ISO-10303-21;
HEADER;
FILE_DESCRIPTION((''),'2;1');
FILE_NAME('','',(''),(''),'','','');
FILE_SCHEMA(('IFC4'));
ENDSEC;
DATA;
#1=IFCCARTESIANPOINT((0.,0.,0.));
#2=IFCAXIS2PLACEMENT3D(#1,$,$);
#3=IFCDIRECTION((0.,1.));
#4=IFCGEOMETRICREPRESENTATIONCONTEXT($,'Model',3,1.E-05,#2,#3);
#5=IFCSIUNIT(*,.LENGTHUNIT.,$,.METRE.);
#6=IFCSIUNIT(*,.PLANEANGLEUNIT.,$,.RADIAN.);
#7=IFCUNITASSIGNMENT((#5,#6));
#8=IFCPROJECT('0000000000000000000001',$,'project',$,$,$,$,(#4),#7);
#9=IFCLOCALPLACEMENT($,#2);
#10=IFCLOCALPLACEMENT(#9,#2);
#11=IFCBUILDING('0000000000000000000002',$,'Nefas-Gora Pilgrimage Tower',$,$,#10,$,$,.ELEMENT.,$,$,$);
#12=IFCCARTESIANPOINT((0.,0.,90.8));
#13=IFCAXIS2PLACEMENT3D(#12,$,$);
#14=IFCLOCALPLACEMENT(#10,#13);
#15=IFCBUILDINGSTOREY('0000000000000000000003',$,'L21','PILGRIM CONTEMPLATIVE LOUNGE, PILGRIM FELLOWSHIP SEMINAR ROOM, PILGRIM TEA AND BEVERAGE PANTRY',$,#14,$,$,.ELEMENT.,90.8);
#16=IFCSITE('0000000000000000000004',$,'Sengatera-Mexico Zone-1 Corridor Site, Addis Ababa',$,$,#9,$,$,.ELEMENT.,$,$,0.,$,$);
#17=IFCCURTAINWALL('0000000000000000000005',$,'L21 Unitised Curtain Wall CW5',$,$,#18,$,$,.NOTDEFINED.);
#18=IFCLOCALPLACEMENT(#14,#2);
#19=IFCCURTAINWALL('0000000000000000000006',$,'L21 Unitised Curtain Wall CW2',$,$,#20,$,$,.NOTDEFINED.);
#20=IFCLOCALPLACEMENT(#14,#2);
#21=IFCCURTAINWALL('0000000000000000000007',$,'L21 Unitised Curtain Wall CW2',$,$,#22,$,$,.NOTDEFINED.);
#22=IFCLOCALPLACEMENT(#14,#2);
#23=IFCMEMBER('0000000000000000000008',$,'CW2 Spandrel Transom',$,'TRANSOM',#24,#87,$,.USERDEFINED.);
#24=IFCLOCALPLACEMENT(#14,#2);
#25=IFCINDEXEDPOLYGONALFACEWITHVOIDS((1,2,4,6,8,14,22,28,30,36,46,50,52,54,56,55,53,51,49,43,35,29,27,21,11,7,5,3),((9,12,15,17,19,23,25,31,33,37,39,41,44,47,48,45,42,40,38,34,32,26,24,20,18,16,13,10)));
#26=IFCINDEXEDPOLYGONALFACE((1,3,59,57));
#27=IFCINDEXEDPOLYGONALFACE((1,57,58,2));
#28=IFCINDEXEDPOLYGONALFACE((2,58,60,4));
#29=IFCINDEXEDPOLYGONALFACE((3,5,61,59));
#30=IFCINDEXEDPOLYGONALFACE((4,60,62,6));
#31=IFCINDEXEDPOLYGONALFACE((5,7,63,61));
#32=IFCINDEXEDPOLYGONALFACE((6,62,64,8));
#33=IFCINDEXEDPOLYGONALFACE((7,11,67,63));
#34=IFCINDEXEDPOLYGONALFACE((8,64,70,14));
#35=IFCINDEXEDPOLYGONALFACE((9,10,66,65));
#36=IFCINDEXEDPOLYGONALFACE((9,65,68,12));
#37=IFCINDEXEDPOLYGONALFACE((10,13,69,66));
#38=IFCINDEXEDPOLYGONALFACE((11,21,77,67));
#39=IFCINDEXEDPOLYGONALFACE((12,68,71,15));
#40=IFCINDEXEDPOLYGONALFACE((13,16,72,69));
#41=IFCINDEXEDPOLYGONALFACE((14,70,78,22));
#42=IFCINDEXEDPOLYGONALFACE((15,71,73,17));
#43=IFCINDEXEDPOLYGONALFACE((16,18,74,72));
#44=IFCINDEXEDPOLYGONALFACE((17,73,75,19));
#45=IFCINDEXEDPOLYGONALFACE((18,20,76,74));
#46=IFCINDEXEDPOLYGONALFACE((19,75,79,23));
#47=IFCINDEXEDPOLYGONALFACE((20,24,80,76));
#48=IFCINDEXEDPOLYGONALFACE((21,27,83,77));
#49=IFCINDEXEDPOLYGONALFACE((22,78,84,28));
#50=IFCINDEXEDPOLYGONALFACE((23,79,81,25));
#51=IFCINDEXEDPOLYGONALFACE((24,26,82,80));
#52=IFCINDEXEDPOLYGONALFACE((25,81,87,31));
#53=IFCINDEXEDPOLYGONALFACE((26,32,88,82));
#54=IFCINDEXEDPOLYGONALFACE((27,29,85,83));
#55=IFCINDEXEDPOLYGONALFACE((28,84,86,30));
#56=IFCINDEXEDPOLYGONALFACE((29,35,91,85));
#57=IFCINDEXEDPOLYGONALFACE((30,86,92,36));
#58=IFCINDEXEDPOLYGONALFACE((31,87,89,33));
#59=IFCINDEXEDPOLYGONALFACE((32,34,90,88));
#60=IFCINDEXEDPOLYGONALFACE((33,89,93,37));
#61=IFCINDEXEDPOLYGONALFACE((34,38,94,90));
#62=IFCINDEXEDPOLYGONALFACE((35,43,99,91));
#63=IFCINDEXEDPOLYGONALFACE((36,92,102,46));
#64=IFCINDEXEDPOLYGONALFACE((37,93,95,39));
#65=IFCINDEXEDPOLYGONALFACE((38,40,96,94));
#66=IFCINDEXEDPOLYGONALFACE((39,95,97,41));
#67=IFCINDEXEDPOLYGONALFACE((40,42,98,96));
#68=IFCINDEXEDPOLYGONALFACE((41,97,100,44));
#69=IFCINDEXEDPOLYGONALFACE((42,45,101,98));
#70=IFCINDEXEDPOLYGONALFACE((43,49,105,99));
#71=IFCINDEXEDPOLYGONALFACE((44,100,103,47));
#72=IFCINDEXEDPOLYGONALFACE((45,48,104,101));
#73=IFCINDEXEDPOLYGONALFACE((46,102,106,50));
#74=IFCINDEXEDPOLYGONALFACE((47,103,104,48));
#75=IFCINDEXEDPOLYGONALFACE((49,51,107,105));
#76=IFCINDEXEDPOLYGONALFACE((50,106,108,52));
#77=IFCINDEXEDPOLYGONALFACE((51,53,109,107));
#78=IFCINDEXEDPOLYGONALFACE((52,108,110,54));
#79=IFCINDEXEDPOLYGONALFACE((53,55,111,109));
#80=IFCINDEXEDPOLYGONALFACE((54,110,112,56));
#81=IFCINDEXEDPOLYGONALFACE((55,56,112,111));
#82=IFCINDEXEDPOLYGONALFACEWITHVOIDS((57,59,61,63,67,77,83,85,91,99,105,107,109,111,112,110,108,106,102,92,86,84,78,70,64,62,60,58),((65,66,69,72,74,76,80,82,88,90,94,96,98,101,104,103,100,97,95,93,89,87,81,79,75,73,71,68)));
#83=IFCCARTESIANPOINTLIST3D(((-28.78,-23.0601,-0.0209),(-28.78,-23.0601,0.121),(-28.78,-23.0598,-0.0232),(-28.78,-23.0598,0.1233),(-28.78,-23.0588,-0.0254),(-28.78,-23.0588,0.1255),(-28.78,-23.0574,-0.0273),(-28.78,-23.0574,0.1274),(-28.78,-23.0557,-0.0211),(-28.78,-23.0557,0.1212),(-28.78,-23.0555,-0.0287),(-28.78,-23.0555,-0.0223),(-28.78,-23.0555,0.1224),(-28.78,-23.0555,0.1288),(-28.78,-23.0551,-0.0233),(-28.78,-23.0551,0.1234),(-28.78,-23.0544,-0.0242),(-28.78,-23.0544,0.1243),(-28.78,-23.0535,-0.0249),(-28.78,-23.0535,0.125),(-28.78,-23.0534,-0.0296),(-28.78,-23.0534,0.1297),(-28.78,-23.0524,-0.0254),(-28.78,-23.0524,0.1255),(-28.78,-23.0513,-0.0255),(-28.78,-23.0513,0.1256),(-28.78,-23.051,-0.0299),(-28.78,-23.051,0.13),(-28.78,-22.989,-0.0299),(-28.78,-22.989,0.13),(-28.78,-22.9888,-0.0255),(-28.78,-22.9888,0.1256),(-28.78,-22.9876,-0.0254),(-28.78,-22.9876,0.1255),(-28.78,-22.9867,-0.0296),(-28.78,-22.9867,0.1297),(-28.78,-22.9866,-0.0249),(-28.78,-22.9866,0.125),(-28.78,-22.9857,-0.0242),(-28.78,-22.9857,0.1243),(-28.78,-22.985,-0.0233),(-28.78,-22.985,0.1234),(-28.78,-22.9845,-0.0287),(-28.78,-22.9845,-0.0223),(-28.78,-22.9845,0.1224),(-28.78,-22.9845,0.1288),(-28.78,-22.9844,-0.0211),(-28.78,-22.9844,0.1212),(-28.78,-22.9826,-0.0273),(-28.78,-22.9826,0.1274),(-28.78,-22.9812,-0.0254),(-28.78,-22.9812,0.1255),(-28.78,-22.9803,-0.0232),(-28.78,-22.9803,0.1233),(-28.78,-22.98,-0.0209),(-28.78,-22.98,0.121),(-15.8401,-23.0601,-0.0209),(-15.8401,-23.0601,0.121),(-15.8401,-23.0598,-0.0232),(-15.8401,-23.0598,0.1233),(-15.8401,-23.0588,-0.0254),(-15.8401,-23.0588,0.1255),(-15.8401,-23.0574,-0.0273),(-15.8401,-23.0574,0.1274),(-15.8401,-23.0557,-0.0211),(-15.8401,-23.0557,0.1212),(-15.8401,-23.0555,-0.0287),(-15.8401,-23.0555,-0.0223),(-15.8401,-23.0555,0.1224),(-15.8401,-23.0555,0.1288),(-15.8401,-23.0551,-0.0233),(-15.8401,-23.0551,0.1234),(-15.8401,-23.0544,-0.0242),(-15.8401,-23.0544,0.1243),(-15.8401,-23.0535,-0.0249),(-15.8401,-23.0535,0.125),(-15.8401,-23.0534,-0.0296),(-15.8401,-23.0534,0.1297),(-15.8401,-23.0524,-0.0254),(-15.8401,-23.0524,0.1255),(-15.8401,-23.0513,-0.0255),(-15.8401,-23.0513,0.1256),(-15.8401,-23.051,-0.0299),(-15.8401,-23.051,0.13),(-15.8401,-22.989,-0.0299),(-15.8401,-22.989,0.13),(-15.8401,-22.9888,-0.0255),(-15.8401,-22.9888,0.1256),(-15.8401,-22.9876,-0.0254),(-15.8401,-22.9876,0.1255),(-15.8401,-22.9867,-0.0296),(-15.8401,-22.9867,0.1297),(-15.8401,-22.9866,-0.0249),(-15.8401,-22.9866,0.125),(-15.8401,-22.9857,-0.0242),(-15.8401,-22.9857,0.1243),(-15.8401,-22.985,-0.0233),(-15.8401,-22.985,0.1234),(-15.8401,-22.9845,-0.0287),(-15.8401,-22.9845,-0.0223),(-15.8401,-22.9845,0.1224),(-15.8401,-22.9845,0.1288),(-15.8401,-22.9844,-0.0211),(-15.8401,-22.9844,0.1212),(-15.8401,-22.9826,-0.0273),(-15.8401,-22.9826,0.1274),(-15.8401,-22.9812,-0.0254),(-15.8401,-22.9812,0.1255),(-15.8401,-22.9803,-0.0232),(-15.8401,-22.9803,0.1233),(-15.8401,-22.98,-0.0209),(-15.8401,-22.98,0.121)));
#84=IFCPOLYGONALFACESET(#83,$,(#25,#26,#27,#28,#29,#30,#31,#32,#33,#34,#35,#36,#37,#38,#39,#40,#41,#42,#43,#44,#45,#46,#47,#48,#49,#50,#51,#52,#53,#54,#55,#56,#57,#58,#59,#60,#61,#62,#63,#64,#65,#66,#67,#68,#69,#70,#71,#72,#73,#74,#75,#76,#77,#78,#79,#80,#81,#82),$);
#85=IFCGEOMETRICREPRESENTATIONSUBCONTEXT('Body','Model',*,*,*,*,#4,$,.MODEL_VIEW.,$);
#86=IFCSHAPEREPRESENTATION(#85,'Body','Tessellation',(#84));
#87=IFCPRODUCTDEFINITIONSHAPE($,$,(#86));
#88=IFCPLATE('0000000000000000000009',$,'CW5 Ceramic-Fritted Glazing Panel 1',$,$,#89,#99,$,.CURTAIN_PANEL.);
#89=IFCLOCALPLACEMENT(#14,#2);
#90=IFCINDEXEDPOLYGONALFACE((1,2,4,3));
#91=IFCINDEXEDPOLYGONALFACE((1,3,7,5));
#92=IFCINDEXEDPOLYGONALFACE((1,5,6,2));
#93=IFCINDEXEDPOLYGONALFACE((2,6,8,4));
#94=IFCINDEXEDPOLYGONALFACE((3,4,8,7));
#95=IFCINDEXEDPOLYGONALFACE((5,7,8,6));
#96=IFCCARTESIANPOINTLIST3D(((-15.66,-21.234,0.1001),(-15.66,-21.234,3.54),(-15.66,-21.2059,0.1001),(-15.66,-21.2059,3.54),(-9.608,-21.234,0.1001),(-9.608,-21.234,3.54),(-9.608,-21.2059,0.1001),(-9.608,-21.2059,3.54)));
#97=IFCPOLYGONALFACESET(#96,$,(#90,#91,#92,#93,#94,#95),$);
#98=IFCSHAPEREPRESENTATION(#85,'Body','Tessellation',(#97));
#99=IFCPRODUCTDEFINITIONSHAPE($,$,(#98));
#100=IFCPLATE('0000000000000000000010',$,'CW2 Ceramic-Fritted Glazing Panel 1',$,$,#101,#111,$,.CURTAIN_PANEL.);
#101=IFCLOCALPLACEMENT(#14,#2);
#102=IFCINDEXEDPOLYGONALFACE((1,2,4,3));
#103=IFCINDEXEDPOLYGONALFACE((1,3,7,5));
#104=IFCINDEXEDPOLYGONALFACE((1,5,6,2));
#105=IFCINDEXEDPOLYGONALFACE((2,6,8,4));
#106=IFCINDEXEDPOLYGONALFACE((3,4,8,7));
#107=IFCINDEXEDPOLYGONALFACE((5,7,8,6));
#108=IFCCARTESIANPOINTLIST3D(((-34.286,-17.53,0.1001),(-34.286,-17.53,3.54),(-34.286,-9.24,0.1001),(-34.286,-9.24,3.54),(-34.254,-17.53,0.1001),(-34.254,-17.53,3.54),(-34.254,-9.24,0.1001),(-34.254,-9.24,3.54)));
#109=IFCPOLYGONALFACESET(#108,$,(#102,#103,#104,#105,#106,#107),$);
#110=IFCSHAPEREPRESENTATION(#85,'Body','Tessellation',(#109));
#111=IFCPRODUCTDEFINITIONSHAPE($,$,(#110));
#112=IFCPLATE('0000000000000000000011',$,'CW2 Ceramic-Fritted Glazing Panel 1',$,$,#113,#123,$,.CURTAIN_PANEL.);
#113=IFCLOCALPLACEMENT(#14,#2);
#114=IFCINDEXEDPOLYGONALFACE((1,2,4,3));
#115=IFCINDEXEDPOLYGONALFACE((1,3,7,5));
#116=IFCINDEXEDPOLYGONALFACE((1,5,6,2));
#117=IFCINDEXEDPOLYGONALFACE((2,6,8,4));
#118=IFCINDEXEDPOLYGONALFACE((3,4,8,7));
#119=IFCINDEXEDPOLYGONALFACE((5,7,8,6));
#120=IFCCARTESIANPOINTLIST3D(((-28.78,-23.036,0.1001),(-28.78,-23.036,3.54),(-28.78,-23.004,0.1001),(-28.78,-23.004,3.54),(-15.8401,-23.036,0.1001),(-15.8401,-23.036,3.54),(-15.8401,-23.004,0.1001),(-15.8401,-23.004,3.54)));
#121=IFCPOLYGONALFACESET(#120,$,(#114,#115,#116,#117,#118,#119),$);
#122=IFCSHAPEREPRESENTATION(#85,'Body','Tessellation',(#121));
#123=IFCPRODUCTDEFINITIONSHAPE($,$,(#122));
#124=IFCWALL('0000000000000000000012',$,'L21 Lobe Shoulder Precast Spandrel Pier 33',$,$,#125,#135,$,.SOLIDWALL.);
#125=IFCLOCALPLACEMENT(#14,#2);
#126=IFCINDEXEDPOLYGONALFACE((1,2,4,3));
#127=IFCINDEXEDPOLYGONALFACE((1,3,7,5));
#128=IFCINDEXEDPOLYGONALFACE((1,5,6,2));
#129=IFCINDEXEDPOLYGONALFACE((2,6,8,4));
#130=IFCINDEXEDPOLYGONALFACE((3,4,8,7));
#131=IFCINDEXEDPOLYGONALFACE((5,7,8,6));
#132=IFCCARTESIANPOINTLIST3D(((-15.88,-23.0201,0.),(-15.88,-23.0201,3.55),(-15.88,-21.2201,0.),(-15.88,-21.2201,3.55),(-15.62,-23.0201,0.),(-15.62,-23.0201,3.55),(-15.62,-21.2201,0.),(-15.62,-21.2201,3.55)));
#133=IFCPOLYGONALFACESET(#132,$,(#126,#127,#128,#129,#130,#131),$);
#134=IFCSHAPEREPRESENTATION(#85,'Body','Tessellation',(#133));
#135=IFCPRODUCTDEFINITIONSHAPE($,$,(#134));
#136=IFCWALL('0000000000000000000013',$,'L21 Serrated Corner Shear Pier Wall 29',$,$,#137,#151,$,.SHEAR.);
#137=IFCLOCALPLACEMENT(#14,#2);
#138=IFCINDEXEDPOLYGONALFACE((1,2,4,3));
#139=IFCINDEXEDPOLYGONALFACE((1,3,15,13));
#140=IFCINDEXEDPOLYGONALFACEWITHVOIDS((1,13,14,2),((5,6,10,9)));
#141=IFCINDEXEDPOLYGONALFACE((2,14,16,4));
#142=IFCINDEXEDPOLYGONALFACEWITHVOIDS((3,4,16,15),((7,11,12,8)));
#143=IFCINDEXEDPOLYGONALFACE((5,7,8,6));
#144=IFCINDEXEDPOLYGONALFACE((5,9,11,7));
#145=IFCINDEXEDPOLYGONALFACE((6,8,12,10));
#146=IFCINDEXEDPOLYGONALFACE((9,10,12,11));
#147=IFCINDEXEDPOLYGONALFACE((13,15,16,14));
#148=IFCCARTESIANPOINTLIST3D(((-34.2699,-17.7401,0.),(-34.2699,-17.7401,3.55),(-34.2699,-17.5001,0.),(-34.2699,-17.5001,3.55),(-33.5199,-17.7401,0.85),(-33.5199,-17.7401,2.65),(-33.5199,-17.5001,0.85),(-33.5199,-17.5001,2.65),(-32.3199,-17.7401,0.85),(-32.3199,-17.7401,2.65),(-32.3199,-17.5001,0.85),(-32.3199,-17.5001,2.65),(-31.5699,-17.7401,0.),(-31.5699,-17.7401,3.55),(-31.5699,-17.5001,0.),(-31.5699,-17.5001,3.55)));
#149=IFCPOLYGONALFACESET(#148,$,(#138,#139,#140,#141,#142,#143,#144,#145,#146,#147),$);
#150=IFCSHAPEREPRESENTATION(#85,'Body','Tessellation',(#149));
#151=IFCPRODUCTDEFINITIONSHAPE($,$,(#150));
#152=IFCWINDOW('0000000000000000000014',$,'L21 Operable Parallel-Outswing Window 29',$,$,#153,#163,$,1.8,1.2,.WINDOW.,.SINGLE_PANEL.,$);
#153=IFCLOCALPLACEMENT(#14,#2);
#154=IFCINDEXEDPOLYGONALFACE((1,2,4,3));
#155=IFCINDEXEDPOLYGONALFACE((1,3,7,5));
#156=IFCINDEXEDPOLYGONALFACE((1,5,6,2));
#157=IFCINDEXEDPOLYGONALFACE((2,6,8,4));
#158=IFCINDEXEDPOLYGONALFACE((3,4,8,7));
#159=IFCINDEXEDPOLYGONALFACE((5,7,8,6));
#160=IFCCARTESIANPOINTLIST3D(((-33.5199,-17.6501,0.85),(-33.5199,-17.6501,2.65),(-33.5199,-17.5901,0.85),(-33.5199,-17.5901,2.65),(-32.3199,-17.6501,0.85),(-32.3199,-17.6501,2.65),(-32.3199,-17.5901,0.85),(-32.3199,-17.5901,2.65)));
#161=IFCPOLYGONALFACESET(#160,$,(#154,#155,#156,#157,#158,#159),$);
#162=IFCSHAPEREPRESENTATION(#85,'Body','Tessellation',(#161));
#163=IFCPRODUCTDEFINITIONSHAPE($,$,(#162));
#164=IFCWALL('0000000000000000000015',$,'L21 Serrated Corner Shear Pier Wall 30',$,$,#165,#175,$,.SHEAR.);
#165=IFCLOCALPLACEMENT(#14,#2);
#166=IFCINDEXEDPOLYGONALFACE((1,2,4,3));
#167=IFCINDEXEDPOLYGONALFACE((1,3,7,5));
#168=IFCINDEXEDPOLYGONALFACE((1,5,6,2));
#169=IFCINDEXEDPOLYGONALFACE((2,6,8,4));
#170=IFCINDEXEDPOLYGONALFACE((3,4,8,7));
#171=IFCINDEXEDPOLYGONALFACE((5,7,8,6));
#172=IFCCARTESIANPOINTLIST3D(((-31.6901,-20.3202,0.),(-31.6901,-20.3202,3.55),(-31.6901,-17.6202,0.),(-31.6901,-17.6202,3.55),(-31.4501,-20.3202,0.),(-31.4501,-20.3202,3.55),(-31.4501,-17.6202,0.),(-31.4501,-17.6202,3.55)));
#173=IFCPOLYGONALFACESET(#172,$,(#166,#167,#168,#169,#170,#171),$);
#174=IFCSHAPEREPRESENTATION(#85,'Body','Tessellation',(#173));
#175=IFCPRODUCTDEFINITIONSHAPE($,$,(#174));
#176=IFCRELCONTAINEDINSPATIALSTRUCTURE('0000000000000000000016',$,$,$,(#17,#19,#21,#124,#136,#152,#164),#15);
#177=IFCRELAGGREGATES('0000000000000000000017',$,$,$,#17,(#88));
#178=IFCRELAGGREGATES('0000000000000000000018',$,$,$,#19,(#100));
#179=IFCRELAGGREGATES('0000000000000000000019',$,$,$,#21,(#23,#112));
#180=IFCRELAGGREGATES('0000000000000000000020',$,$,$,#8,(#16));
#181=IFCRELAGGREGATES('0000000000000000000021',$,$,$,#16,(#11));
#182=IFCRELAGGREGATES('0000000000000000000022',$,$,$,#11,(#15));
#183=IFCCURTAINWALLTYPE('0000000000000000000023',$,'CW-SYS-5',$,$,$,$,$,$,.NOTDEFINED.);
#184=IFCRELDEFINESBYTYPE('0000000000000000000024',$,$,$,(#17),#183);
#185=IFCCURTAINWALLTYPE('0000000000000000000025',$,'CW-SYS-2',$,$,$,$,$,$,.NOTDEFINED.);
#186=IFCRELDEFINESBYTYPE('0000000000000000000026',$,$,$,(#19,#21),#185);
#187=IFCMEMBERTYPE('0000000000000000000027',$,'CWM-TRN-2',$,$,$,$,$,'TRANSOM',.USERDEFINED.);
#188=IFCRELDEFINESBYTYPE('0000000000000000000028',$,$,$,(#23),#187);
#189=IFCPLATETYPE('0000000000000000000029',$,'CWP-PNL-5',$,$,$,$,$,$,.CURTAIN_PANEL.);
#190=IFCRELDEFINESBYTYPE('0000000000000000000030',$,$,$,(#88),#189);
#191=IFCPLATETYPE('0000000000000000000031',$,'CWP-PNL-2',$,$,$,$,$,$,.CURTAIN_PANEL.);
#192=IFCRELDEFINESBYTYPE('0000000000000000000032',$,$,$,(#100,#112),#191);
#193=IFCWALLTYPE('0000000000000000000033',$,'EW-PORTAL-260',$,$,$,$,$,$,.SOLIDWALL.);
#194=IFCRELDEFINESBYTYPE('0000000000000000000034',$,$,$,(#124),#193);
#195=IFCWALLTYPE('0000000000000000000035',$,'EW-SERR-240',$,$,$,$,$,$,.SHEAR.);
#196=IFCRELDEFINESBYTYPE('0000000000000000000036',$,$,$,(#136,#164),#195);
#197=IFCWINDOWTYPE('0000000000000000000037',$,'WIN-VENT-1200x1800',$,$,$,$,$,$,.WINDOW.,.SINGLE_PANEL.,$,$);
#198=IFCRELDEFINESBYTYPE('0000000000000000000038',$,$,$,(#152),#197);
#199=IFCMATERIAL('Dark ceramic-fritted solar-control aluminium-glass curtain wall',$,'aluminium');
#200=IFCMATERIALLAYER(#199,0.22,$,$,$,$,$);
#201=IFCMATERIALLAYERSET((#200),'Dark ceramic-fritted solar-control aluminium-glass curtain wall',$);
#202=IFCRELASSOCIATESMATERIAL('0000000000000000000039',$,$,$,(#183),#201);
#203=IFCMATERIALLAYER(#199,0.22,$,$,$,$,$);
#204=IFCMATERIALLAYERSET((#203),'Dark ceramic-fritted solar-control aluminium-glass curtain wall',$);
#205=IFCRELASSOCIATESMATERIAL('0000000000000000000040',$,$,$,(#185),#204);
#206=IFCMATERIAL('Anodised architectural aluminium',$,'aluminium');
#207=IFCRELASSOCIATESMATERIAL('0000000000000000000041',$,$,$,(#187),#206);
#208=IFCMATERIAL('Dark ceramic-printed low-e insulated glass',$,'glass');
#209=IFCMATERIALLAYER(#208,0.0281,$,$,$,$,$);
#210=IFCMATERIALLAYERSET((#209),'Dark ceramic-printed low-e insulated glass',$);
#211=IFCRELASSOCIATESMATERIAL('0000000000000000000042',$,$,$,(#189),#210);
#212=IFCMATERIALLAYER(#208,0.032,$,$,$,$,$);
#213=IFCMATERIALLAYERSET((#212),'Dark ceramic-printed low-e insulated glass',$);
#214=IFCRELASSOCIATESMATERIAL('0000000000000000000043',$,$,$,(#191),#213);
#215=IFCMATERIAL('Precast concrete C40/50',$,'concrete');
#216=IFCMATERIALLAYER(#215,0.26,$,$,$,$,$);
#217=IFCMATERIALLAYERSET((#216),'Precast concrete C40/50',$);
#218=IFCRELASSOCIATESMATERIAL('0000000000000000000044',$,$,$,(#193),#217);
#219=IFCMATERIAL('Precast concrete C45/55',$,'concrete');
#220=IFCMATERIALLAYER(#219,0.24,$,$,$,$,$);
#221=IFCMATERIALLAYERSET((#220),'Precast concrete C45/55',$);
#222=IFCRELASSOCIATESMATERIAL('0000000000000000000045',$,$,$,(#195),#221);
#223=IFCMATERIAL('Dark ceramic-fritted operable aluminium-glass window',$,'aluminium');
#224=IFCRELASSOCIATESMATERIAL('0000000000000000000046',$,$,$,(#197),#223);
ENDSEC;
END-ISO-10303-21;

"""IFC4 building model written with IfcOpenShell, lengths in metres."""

from ifc_helpers import new_model, si_unit, direction, frame, frame_2d, origin, origin_2d, place, context, subcontext, project, spatial, rectangle, hollow_rectangle, extrude, source, transform, mapped, material, layer, layer_set, material_profile, profile_set, type_object, element, fill, aggregate, save


model = new_model("IFC4")

# Units and contexts
model_context = context("Model", 3, precision=1e-05, world=origin(), true_north=direction((0.0, 1.0)))
body_context = subcontext(model_context, "Body", "Model", "MODEL_VIEW")
ifc_project = project(units=[si_unit("LENGTHUNIT", "METRE"), si_unit("PLANEANGLEUNIT", "RADIAN")], contexts=[model_context])

# Site, building, storey
site_placement = place(None, origin())
site = spatial("IfcSite", under=ifc_project, at=site_placement, Name="Sengatera-Mexico Zone-1 Corridor Site, Addis Ababa", CompositionType="ELEMENT", RefElevation=0.0)
building_placement = place(site_placement, origin())
building = spatial("IfcBuilding", under=site, at=building_placement, Name="Nefas-Gora Pilgrimage Tower", CompositionType="ELEMENT")
storey_placement = place(building_placement, frame((0.0, 0.0, 90.8)))
storey = spatial("IfcBuildingStorey", under=building, at=storey_placement, Name="L21", Description="PILGRIM CONTEMPLATIVE LOUNGE, PILGRIM FELLOWSHIP SEMINAR ROOM, PILGRIM TEA AND BEVERAGE PANTRY", CompositionType="ELEMENT", Elevation=90.8)

# Curtain wall
ifc_material_1 = material(Name="Dark ceramic-fritted solar-control aluminium-glass curtain wall", Category="aluminium")
ifc_layer_1 = layer(ifc_material_1, 0.22)
ifc_layer_set_1 = layer_set([ifc_layer_1], Name="Dark ceramic-fritted solar-control aluminium-glass curtain wall")
curtain_wall_type_1 = type_object("IfcCurtainWallType", Name="CW-SYS-5", PredefinedType="NOTDEFINED", material=ifc_layer_set_1)
curtain_wall_1_placement = place(storey_placement, origin())
curtain_wall_1 = element("IfcCurtainWall", 1, at=curtain_wall_1_placement, inside=storey, type_object=curtain_wall_type_1, Name="L21 Unitised Curtain Wall CW5", PredefinedType="NOTDEFINED")
ifc_material_2 = material(Name="Anodised architectural aluminium", Category="aluminium")

# Curtain wall
ifc_layer_2 = layer(ifc_material_1, 0.22)
ifc_layer_set_2 = layer_set([ifc_layer_2], Name="Dark ceramic-fritted solar-control aluminium-glass curtain wall")
curtain_wall_type_2 = type_object("IfcCurtainWallType", Name="CW-SYS-2", PredefinedType="NOTDEFINED", material=ifc_layer_set_2)
curtain_wall_2_placement = place(storey_placement, origin())
curtain_wall_2 = element("IfcCurtainWall", 2, at=curtain_wall_2_placement, inside=storey, type_object=curtain_wall_type_2, Name="L21 Unitised Curtain Wall CW2", PredefinedType="NOTDEFINED")

# Curtain wall
curtain_wall_3_placement = place(storey_placement, origin())
curtain_wall_3 = element("IfcCurtainWall", 3, at=curtain_wall_3_placement, inside=storey, type_object=curtain_wall_type_2, Name="L21 Unitised Curtain Wall CW2", PredefinedType="NOTDEFINED")

# Member
ifc_material_profile_1 = material_profile(ifc_material_2, hollow_rectangle(XDim=0.0801, YDim=0.1599, WallThickness=0.0044, InnerFilletRadius=0.0044, OuterFilletRadius=0.009, at=origin_2d()), Name="ALU TRANSOM 80x160")
ifc_profile_set_1 = profile_set([ifc_material_profile_1], Name="Anodised architectural aluminium")
member_type_1 = type_object("IfcMemberType", Name="CWM-TRN-2", ElementType="TRANSOM", PredefinedType="USERDEFINED", material=ifc_profile_set_1)
shared_shape_1 = source(origin(), body_context, "Body", "SweptSolid", [
    extrude(hollow_rectangle(XDim=0.0801, YDim=0.1599, WallThickness=0.0044, InnerFilletRadius=0.0044, OuterFilletRadius=0.009, at=origin_2d()), origin(), (0.0, 0.0, 1.0), 12.9399),
])
member_1_placement = place(storey_placement, frame((-28.78, -23.02, 0.05), z_axis=(1.0, 0.0, 0.0), x_axis=(0.0, 1.0, 0.0)))
member_1 = element("IfcMember", 4, at=member_1_placement, type_object=member_type_1, Name="CW2 Spandrel Transom", ObjectType="TRANSOM", PredefinedType="USERDEFINED", context=body_context, shape_type="MappedRepresentation", body=[
    mapped(shared_shape_1, transform((0.0, 0.0, 0.0), x_axis=(1.0, 0.0, 0.0), y_axis=(0.0, 1.0, 0.0), z_axis=(0.0, 0.0, 1.0), scale=1.0)),
])

# Plates
ifc_material_3 = material(Name="Dark ceramic-printed low-e insulated glass", Category="glass")
ifc_layer_3 = layer(ifc_material_3, 0.0281)
ifc_layer_set_3 = layer_set([ifc_layer_3], Name="Dark ceramic-printed low-e insulated glass")
plate_type_1 = type_object("IfcPlateType", Name="CWP-PNL-5", PredefinedType="CURTAIN_PANEL", material=ifc_layer_set_3)
shared_shape_2 = source(origin(), body_context, "Body", "SweptSolid", [
    extrude(rectangle(XDim=6.052, YDim=0.0281, at=origin_2d()), origin(), (0.0, 0.0, 1.0), 3.4399),
])
plate_1_placement = place(storey_placement, frame((-12.634, -21.22, 0.1001), z_axis=(0.0, 0.0, 1.0), x_axis=(1.0, 0.0, 0.0)))
plate_1 = element("IfcPlate", 5, at=plate_1_placement, type_object=plate_type_1, Name="CW5 Ceramic-Fritted Glazing Panel 1", PredefinedType="CURTAIN_PANEL", context=body_context, shape_type="MappedRepresentation", body=[
    mapped(shared_shape_2, transform((0.0, 0.0, 0.0), x_axis=(1.0, 0.0, 0.0), y_axis=(0.0, 1.0, 0.0), z_axis=(0.0, 0.0, 1.0), scale=1.0)),
])
aggregate(curtain_wall_1, [plate_1])
ifc_layer_4 = layer(ifc_material_3, 0.032)
ifc_layer_set_4 = layer_set([ifc_layer_4], Name="Dark ceramic-printed low-e insulated glass")
plate_type_2 = type_object("IfcPlateType", Name="CWP-PNL-2", PredefinedType="CURTAIN_PANEL", material=ifc_layer_set_4)
shared_shape_3 = source(origin(), body_context, "Body", "SweptSolid", [
    extrude(rectangle(XDim=8.29, YDim=0.032, at=origin_2d()), origin(), (0.0, 0.0, 1.0), 3.4399),
])
plate_2_placement = place(storey_placement, frame((-34.27, -13.385, 0.1001), z_axis=(0.0, 0.0, 1.0), x_axis=(0.0, -1.0, 0.0)))
plate_2 = element("IfcPlate", 6, at=plate_2_placement, type_object=plate_type_2, Name="CW2 Ceramic-Fritted Glazing Panel 1", PredefinedType="CURTAIN_PANEL", context=body_context, shape_type="MappedRepresentation", body=[
    mapped(shared_shape_3, transform((0.0, 0.0, 0.0), x_axis=(1.0, 0.0, 0.0), y_axis=(0.0, 1.0, 0.0), z_axis=(0.0, 0.0, 1.0), scale=1.0)),
])
aggregate(curtain_wall_2, [plate_2])
shared_shape_4 = source(origin(), body_context, "Body", "SweptSolid", [
    extrude(rectangle(XDim=12.9399, YDim=0.032, at=origin_2d()), origin(), (0.0, 0.0, 1.0), 3.4399),
])
plate_3_placement = place(storey_placement, frame((-22.3101, -23.02, 0.1001), z_axis=(0.0, 0.0, 1.0), x_axis=(1.0, 0.0, 0.0)))
plate_3 = element("IfcPlate", 7, at=plate_3_placement, type_object=plate_type_2, Name="CW2 Ceramic-Fritted Glazing Panel 1", PredefinedType="CURTAIN_PANEL", context=body_context, shape_type="MappedRepresentation", body=[
    mapped(shared_shape_4, transform((0.0, 0.0, 0.0), x_axis=(1.0, 0.0, 0.0), y_axis=(0.0, 1.0, 0.0), z_axis=(0.0, 0.0, 1.0), scale=1.0)),
])
aggregate(curtain_wall_3, [member_1, plate_3])

# Wall
ifc_material_4 = material(Name="Precast concrete C40/50", Category="concrete")
ifc_layer_5 = layer(ifc_material_4, 0.26)
ifc_layer_set_5 = layer_set([ifc_layer_5], Name="Precast concrete C40/50")
wall_type_1 = type_object("IfcWallType", Name="EW-PORTAL-260", PredefinedType="SOLIDWALL", material=ifc_layer_set_5)
shared_shape_5 = source(origin(), body_context, "Body", "SweptSolid", [
    extrude(rectangle(XDim=1.8, YDim=0.26, at=frame_2d((0.8999, 0.0))), origin(), (0.0, 0.0, 1.0), 3.55),
])
wall_1_placement = place(storey_placement, frame((-15.75, -23.02, 0.0), z_axis=(0.0, 0.0, 1.0), x_axis=(0.0, 1.0, 0.0)))
element("IfcWall", 8, at=wall_1_placement, inside=storey, type_object=wall_type_1, Name="L21 Lobe Shoulder Precast Spandrel Pier 33", PredefinedType="SOLIDWALL", context=body_context, shape_type="MappedRepresentation", body=[
    mapped(shared_shape_5, transform((0.0, 0.0, 0.0), x_axis=(1.0, 0.0, 0.0), y_axis=(0.0, 1.0, 0.0), z_axis=(0.0, 0.0, 1.0), scale=1.0)),
])

# Wall, opening, window
ifc_material_5 = material(Name="Precast concrete C45/55", Category="concrete")
ifc_layer_6 = layer(ifc_material_5, 0.24)
ifc_layer_set_6 = layer_set([ifc_layer_6], Name="Precast concrete C45/55")
wall_type_2 = type_object("IfcWallType", Name="EW-SERR-240", PredefinedType="SHEAR", material=ifc_layer_set_6)
shared_shape_6 = source(origin(), body_context, "Body", "SweptSolid", [
    extrude(rectangle(XDim=2.7, YDim=0.24, at=frame_2d((1.3501, 0.0))), origin(), (0.0, 0.0, 1.0), 3.55),
])
wall_2_placement = place(storey_placement, frame((-34.27, -17.6201, 0.0), z_axis=(0.0, 0.0, 1.0), x_axis=(1.0, 0.0, 0.0)))
wall_2 = element("IfcWall", 9, at=wall_2_placement, inside=storey, type_object=wall_type_2, Name="L21 Serrated Corner Shear Pier Wall 29", PredefinedType="SHEAR", context=body_context, shape_type="MappedRepresentation", body=[
    mapped(shared_shape_6, transform((0.0, 0.0, 0.0), x_axis=(1.0, 0.0, 0.0), y_axis=(0.0, 1.0, 0.0), z_axis=(0.0, 0.0, 1.0), scale=1.0)),
])
opening_1_placement = place(wall_2_placement, frame((0.75, 0.0, 0.8501)))
opening_1 = element("IfcOpeningElement", 10, at=opening_1_placement, cuts=wall_2, PredefinedType="OPENING", context=body_context, shape_type="SweptSolid", body=[
    extrude(rectangle(XDim=1.2, YDim=1.8, at=frame_2d((0.6001, 0.8999))), frame((0.0, 0.1299, 0.0), z_axis=(0.0, -1.0, 0.0), x_axis=(1.0, 0.0, 0.0)), (0.0, 0.0, 1.0), 0.26),
])
ifc_material_6 = material(Name="Dark ceramic-fritted operable aluminium-glass window", Category="aluminium")
window_type = type_object("IfcWindowType", Name="WIN-VENT-1200x1800", PartitioningType="SINGLE_PANEL", PredefinedType="WINDOW", material=ifc_material_6)
shared_shape_7 = source(origin(), body_context, "Body", "SweptSolid", [
    extrude(rectangle(XDim=1.2, YDim=1.8, at=frame_2d((0.6001, 0.8999))), frame((0.0, 0.03, 0.0), z_axis=(0.0, -1.0, 0.0), x_axis=(1.0, 0.0, 0.0)), (0.0, 0.0, 1.0), 0.0601),
])
window_placement = place(opening_1_placement, origin())
window = element("IfcWindow", 11, at=window_placement, inside=storey, type_object=window_type, Name="L21 Operable Parallel-Outswing Window 29", OverallHeight=1.8, OverallWidth=1.2, PartitioningType="SINGLE_PANEL", PredefinedType="WINDOW", context=body_context, shape_type="MappedRepresentation", body=[
    mapped(shared_shape_7, transform((0.0, 0.0, 0.0), x_axis=(1.0, 0.0, 0.0), y_axis=(0.0, 1.0, 0.0), z_axis=(0.0, 0.0, 1.0), scale=1.0)),
])
fill(opening_1, window)

# Wall
for number, where, z_axis, x_axis, name in (
    (12, (-31.5701, -17.6201, 0.0), (0.0, 0.0, 1.0), (0.0, -1.0, 0.0), "L21 Serrated Corner Shear Pier Wall 30"),
):
    element("IfcWall", number, at=place(storey_placement, frame(where, z_axis=z_axis, x_axis=x_axis)), inside=storey, type_object=wall_type_2, Name=name, PredefinedType="SHEAR", context=body_context, shape_type="MappedRepresentation", body=[
        mapped(shared_shape_6, transform((0.0, 0.0, 0.0), x_axis=(1.0, 0.0, 0.0), y_axis=(0.0, 1.0, 0.0), z_axis=(0.0, 0.0, 1.0), scale=1.0)),
    ])

save(model, "model.ifc")
